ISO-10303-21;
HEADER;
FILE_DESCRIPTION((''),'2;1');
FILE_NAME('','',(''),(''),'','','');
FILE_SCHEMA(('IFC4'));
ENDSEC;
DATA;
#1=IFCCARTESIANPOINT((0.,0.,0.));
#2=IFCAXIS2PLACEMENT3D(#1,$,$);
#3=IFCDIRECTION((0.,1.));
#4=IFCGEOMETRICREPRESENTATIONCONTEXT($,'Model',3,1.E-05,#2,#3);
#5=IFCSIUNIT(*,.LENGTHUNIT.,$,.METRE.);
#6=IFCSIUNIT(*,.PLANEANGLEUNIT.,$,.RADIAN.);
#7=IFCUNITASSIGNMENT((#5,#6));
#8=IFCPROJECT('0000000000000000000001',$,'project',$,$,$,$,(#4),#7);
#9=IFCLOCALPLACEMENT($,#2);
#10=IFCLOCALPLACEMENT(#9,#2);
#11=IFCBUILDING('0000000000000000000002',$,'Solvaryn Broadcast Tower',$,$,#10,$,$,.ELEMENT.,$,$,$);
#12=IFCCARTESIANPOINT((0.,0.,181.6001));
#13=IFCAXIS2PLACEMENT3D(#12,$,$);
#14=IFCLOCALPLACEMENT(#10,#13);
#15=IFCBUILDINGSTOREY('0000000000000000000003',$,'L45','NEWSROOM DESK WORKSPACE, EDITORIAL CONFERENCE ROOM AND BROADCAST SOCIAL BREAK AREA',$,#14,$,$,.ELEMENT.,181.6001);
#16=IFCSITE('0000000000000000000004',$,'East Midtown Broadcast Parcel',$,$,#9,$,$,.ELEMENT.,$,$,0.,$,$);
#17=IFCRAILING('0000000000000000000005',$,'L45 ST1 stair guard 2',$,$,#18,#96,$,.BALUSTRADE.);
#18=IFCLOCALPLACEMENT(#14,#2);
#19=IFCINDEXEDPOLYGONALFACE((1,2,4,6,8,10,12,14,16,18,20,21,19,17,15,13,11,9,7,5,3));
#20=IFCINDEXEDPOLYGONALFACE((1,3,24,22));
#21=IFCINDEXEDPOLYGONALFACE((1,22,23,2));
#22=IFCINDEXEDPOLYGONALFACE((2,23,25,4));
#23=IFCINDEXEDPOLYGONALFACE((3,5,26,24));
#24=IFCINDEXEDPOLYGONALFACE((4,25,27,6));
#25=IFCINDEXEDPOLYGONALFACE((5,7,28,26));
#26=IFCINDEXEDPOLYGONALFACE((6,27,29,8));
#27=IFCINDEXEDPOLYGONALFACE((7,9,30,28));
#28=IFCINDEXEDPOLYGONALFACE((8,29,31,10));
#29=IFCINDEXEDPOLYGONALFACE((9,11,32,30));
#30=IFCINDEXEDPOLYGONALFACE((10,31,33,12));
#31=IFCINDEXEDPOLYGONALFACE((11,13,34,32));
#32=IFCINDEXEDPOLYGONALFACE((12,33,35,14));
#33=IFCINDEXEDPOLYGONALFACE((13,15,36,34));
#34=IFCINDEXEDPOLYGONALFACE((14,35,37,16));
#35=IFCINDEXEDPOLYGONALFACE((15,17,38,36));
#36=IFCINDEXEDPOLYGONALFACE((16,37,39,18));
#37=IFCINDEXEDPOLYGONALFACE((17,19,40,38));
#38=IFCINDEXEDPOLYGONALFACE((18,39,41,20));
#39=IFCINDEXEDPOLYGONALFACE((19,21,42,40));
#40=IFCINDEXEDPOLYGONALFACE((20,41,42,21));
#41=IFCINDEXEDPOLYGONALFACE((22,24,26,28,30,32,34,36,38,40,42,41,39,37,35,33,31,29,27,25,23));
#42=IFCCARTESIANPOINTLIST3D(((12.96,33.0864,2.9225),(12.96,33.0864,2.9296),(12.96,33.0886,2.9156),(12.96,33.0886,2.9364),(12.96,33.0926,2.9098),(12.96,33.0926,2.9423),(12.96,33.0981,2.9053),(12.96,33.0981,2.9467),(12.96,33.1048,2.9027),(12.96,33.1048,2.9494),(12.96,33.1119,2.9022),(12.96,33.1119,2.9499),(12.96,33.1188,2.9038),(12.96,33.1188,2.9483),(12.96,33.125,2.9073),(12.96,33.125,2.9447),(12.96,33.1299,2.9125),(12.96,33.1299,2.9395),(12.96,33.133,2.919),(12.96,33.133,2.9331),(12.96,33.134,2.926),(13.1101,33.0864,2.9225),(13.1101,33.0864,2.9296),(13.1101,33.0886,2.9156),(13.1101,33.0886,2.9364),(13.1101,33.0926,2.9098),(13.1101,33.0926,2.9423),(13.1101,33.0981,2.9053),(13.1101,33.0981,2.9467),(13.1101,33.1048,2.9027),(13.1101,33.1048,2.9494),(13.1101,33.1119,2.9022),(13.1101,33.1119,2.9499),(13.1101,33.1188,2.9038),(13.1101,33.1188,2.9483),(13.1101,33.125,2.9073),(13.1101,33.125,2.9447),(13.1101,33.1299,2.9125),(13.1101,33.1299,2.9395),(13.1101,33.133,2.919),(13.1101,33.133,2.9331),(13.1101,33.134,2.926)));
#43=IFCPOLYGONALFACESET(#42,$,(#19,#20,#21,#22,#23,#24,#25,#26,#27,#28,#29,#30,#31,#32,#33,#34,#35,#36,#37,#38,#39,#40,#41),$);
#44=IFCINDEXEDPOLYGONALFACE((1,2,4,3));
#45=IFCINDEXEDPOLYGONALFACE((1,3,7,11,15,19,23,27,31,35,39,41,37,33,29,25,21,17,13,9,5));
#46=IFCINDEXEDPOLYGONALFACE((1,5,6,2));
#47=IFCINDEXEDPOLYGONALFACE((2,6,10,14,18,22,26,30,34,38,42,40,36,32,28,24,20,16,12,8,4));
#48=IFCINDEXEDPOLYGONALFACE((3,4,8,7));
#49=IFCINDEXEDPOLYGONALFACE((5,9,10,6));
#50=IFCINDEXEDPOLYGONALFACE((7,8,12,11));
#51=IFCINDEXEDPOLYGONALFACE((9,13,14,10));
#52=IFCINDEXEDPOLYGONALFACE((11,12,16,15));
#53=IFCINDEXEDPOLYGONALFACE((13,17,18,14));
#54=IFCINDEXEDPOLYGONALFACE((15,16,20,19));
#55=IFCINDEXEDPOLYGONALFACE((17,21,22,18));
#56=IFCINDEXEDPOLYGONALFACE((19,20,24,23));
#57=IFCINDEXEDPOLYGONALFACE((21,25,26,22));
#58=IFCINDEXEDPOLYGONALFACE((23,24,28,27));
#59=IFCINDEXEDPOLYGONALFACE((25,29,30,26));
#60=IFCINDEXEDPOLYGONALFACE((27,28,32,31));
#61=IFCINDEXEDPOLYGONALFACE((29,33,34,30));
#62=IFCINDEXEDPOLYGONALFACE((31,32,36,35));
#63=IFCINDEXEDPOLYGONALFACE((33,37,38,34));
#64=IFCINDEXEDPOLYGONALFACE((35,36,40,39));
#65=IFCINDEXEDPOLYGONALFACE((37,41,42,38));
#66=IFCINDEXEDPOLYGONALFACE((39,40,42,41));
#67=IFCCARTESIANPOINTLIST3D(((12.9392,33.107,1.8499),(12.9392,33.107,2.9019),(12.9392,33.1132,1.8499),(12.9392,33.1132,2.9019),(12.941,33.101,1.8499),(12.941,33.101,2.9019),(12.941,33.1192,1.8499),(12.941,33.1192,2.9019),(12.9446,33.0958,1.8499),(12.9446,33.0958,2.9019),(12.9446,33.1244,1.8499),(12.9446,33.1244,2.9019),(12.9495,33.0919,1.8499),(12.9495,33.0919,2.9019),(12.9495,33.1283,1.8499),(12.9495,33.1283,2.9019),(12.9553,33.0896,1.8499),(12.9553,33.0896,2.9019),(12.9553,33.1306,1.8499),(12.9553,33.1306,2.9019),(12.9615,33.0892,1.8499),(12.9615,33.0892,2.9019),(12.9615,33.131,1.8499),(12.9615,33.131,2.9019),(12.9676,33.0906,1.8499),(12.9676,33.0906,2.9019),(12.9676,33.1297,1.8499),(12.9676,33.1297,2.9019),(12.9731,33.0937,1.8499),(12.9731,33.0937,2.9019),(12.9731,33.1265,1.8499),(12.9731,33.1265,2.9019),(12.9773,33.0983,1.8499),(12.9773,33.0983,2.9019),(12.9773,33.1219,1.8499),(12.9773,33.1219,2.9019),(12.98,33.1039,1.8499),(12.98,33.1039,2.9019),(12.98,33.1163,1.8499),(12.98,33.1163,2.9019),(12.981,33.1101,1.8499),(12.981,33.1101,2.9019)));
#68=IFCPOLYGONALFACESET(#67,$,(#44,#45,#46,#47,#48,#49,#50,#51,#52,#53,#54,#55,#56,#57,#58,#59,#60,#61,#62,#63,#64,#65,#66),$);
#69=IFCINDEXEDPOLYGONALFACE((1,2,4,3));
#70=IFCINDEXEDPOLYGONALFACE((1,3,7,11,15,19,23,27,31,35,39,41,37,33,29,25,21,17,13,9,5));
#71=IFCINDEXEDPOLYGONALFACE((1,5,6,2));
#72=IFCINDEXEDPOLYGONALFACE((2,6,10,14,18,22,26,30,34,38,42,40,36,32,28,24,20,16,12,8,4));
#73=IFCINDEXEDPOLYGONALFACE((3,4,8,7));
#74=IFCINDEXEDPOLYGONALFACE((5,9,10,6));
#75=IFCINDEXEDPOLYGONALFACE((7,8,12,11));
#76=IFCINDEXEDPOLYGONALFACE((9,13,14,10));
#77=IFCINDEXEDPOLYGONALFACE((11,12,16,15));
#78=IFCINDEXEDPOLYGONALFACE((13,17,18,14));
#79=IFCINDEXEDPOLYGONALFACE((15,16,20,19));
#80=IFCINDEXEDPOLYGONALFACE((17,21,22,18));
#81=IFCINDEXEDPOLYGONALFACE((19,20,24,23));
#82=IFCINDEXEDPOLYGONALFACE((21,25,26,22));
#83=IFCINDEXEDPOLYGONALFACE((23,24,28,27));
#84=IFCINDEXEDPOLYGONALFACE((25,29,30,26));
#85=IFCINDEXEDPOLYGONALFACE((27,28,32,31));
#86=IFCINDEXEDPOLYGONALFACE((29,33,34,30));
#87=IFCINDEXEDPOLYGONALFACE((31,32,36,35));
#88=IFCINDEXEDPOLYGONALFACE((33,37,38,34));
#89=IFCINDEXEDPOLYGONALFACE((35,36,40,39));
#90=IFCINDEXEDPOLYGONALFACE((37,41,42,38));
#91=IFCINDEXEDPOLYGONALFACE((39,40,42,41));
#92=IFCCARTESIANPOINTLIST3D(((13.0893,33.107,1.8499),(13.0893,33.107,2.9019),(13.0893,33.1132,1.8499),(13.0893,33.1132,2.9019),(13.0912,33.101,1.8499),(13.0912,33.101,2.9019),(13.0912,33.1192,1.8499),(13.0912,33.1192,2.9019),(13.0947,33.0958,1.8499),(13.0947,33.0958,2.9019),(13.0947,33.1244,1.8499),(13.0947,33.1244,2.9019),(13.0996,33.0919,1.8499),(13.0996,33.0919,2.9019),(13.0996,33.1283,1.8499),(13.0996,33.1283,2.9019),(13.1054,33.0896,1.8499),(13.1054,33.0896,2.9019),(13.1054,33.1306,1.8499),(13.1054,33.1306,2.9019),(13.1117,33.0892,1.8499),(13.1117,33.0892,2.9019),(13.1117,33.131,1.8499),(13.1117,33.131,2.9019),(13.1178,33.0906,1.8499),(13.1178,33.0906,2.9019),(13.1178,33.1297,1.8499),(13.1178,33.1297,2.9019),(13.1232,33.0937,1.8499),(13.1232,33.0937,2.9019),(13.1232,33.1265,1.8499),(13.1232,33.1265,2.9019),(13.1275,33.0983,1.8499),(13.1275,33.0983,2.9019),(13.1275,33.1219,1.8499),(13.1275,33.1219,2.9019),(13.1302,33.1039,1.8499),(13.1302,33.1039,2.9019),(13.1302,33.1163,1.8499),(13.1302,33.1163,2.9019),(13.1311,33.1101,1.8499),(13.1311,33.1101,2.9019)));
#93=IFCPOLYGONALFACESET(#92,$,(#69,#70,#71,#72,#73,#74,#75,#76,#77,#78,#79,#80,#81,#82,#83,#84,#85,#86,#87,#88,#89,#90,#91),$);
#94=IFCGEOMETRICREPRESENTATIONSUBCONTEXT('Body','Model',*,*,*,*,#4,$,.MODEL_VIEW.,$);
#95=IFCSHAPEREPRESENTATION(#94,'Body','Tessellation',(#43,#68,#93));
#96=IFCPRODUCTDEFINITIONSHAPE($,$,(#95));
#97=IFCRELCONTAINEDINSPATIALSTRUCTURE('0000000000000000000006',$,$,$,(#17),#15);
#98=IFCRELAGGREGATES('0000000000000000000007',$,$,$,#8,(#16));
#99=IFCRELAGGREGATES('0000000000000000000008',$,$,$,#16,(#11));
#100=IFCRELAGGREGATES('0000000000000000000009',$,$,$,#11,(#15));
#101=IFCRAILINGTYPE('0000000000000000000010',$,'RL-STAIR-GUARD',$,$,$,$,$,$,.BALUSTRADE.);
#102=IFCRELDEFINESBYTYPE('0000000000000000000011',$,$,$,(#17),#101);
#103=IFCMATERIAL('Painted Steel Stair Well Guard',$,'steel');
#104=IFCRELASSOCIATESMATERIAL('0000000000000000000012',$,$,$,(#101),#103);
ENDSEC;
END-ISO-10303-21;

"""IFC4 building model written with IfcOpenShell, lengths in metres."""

from ifc_helpers import new_model, si_unit, direction, frame, origin, origin_2d, place, context, subcontext, project, spatial, circle, extrude, material, type_object, element, save


model = new_model("IFC4")

# Units and contexts
model_context = context("Model", 3, precision=1e-05, world=origin(), true_north=direction((0.0, 1.0)))
body_context = subcontext(model_context, "Body", "Model", "MODEL_VIEW")
ifc_project = project(units=[si_unit("LENGTHUNIT", "METRE"), si_unit("PLANEANGLEUNIT", "RADIAN")], contexts=[model_context])

# Site, building, storey
site_placement = place(None, origin())
site = spatial("IfcSite", under=ifc_project, at=site_placement, Name="East Midtown Broadcast Parcel", CompositionType="ELEMENT", RefElevation=0.0)
building_placement = place(site_placement, origin())
building = spatial("IfcBuilding", under=site, at=building_placement, Name="Solvaryn Broadcast Tower", CompositionType="ELEMENT")
storey_placement = place(building_placement, frame((0.0, 0.0, 181.6001)))
storey = spatial("IfcBuildingStorey", under=building, at=storey_placement, Name="L45", Description="NEWSROOM DESK WORKSPACE, EDITORIAL CONFERENCE ROOM AND BROADCAST SOCIAL BREAK AREA", CompositionType="ELEMENT", Elevation=181.6001)

# Railing
ifc_material_1 = material(Name="Painted Steel Stair Well Guard", Category="steel")
railing_type_1 = type_object("IfcRailingType", Name="RL-STAIR-GUARD", PredefinedType="BALUSTRADE", material=ifc_material_1)
railing_1_placement = place(storey_placement, frame((12.96, 33.1101, 1.8499)))
element("IfcRailing", 1, at=railing_1_placement, inside=storey, type_object=railing_type_1, Name="L45 ST1 stair guard 2", PredefinedType="BALUSTRADE", context=body_context, shape_type="SweptSolid", body=[
    extrude(circle(Radius=0.0239, at=origin_2d()), frame((0.0, 0.0, 1.0762), z_axis=(1.0, 0.0, 0.0), x_axis=(0.0, 1.0, 0.0)), (0.0, 0.0, 1.0), 0.1501),
    extrude(circle(Radius=0.021, at=origin_2d()), origin(), (0.0, 0.0, 1.0), 1.052),
    extrude(circle(Radius=0.021, at=origin_2d()), frame((0.1501, 0.0, 0.0)), (0.0, 0.0, 1.0), 1.052),
])

save(model, "model.ifc")
